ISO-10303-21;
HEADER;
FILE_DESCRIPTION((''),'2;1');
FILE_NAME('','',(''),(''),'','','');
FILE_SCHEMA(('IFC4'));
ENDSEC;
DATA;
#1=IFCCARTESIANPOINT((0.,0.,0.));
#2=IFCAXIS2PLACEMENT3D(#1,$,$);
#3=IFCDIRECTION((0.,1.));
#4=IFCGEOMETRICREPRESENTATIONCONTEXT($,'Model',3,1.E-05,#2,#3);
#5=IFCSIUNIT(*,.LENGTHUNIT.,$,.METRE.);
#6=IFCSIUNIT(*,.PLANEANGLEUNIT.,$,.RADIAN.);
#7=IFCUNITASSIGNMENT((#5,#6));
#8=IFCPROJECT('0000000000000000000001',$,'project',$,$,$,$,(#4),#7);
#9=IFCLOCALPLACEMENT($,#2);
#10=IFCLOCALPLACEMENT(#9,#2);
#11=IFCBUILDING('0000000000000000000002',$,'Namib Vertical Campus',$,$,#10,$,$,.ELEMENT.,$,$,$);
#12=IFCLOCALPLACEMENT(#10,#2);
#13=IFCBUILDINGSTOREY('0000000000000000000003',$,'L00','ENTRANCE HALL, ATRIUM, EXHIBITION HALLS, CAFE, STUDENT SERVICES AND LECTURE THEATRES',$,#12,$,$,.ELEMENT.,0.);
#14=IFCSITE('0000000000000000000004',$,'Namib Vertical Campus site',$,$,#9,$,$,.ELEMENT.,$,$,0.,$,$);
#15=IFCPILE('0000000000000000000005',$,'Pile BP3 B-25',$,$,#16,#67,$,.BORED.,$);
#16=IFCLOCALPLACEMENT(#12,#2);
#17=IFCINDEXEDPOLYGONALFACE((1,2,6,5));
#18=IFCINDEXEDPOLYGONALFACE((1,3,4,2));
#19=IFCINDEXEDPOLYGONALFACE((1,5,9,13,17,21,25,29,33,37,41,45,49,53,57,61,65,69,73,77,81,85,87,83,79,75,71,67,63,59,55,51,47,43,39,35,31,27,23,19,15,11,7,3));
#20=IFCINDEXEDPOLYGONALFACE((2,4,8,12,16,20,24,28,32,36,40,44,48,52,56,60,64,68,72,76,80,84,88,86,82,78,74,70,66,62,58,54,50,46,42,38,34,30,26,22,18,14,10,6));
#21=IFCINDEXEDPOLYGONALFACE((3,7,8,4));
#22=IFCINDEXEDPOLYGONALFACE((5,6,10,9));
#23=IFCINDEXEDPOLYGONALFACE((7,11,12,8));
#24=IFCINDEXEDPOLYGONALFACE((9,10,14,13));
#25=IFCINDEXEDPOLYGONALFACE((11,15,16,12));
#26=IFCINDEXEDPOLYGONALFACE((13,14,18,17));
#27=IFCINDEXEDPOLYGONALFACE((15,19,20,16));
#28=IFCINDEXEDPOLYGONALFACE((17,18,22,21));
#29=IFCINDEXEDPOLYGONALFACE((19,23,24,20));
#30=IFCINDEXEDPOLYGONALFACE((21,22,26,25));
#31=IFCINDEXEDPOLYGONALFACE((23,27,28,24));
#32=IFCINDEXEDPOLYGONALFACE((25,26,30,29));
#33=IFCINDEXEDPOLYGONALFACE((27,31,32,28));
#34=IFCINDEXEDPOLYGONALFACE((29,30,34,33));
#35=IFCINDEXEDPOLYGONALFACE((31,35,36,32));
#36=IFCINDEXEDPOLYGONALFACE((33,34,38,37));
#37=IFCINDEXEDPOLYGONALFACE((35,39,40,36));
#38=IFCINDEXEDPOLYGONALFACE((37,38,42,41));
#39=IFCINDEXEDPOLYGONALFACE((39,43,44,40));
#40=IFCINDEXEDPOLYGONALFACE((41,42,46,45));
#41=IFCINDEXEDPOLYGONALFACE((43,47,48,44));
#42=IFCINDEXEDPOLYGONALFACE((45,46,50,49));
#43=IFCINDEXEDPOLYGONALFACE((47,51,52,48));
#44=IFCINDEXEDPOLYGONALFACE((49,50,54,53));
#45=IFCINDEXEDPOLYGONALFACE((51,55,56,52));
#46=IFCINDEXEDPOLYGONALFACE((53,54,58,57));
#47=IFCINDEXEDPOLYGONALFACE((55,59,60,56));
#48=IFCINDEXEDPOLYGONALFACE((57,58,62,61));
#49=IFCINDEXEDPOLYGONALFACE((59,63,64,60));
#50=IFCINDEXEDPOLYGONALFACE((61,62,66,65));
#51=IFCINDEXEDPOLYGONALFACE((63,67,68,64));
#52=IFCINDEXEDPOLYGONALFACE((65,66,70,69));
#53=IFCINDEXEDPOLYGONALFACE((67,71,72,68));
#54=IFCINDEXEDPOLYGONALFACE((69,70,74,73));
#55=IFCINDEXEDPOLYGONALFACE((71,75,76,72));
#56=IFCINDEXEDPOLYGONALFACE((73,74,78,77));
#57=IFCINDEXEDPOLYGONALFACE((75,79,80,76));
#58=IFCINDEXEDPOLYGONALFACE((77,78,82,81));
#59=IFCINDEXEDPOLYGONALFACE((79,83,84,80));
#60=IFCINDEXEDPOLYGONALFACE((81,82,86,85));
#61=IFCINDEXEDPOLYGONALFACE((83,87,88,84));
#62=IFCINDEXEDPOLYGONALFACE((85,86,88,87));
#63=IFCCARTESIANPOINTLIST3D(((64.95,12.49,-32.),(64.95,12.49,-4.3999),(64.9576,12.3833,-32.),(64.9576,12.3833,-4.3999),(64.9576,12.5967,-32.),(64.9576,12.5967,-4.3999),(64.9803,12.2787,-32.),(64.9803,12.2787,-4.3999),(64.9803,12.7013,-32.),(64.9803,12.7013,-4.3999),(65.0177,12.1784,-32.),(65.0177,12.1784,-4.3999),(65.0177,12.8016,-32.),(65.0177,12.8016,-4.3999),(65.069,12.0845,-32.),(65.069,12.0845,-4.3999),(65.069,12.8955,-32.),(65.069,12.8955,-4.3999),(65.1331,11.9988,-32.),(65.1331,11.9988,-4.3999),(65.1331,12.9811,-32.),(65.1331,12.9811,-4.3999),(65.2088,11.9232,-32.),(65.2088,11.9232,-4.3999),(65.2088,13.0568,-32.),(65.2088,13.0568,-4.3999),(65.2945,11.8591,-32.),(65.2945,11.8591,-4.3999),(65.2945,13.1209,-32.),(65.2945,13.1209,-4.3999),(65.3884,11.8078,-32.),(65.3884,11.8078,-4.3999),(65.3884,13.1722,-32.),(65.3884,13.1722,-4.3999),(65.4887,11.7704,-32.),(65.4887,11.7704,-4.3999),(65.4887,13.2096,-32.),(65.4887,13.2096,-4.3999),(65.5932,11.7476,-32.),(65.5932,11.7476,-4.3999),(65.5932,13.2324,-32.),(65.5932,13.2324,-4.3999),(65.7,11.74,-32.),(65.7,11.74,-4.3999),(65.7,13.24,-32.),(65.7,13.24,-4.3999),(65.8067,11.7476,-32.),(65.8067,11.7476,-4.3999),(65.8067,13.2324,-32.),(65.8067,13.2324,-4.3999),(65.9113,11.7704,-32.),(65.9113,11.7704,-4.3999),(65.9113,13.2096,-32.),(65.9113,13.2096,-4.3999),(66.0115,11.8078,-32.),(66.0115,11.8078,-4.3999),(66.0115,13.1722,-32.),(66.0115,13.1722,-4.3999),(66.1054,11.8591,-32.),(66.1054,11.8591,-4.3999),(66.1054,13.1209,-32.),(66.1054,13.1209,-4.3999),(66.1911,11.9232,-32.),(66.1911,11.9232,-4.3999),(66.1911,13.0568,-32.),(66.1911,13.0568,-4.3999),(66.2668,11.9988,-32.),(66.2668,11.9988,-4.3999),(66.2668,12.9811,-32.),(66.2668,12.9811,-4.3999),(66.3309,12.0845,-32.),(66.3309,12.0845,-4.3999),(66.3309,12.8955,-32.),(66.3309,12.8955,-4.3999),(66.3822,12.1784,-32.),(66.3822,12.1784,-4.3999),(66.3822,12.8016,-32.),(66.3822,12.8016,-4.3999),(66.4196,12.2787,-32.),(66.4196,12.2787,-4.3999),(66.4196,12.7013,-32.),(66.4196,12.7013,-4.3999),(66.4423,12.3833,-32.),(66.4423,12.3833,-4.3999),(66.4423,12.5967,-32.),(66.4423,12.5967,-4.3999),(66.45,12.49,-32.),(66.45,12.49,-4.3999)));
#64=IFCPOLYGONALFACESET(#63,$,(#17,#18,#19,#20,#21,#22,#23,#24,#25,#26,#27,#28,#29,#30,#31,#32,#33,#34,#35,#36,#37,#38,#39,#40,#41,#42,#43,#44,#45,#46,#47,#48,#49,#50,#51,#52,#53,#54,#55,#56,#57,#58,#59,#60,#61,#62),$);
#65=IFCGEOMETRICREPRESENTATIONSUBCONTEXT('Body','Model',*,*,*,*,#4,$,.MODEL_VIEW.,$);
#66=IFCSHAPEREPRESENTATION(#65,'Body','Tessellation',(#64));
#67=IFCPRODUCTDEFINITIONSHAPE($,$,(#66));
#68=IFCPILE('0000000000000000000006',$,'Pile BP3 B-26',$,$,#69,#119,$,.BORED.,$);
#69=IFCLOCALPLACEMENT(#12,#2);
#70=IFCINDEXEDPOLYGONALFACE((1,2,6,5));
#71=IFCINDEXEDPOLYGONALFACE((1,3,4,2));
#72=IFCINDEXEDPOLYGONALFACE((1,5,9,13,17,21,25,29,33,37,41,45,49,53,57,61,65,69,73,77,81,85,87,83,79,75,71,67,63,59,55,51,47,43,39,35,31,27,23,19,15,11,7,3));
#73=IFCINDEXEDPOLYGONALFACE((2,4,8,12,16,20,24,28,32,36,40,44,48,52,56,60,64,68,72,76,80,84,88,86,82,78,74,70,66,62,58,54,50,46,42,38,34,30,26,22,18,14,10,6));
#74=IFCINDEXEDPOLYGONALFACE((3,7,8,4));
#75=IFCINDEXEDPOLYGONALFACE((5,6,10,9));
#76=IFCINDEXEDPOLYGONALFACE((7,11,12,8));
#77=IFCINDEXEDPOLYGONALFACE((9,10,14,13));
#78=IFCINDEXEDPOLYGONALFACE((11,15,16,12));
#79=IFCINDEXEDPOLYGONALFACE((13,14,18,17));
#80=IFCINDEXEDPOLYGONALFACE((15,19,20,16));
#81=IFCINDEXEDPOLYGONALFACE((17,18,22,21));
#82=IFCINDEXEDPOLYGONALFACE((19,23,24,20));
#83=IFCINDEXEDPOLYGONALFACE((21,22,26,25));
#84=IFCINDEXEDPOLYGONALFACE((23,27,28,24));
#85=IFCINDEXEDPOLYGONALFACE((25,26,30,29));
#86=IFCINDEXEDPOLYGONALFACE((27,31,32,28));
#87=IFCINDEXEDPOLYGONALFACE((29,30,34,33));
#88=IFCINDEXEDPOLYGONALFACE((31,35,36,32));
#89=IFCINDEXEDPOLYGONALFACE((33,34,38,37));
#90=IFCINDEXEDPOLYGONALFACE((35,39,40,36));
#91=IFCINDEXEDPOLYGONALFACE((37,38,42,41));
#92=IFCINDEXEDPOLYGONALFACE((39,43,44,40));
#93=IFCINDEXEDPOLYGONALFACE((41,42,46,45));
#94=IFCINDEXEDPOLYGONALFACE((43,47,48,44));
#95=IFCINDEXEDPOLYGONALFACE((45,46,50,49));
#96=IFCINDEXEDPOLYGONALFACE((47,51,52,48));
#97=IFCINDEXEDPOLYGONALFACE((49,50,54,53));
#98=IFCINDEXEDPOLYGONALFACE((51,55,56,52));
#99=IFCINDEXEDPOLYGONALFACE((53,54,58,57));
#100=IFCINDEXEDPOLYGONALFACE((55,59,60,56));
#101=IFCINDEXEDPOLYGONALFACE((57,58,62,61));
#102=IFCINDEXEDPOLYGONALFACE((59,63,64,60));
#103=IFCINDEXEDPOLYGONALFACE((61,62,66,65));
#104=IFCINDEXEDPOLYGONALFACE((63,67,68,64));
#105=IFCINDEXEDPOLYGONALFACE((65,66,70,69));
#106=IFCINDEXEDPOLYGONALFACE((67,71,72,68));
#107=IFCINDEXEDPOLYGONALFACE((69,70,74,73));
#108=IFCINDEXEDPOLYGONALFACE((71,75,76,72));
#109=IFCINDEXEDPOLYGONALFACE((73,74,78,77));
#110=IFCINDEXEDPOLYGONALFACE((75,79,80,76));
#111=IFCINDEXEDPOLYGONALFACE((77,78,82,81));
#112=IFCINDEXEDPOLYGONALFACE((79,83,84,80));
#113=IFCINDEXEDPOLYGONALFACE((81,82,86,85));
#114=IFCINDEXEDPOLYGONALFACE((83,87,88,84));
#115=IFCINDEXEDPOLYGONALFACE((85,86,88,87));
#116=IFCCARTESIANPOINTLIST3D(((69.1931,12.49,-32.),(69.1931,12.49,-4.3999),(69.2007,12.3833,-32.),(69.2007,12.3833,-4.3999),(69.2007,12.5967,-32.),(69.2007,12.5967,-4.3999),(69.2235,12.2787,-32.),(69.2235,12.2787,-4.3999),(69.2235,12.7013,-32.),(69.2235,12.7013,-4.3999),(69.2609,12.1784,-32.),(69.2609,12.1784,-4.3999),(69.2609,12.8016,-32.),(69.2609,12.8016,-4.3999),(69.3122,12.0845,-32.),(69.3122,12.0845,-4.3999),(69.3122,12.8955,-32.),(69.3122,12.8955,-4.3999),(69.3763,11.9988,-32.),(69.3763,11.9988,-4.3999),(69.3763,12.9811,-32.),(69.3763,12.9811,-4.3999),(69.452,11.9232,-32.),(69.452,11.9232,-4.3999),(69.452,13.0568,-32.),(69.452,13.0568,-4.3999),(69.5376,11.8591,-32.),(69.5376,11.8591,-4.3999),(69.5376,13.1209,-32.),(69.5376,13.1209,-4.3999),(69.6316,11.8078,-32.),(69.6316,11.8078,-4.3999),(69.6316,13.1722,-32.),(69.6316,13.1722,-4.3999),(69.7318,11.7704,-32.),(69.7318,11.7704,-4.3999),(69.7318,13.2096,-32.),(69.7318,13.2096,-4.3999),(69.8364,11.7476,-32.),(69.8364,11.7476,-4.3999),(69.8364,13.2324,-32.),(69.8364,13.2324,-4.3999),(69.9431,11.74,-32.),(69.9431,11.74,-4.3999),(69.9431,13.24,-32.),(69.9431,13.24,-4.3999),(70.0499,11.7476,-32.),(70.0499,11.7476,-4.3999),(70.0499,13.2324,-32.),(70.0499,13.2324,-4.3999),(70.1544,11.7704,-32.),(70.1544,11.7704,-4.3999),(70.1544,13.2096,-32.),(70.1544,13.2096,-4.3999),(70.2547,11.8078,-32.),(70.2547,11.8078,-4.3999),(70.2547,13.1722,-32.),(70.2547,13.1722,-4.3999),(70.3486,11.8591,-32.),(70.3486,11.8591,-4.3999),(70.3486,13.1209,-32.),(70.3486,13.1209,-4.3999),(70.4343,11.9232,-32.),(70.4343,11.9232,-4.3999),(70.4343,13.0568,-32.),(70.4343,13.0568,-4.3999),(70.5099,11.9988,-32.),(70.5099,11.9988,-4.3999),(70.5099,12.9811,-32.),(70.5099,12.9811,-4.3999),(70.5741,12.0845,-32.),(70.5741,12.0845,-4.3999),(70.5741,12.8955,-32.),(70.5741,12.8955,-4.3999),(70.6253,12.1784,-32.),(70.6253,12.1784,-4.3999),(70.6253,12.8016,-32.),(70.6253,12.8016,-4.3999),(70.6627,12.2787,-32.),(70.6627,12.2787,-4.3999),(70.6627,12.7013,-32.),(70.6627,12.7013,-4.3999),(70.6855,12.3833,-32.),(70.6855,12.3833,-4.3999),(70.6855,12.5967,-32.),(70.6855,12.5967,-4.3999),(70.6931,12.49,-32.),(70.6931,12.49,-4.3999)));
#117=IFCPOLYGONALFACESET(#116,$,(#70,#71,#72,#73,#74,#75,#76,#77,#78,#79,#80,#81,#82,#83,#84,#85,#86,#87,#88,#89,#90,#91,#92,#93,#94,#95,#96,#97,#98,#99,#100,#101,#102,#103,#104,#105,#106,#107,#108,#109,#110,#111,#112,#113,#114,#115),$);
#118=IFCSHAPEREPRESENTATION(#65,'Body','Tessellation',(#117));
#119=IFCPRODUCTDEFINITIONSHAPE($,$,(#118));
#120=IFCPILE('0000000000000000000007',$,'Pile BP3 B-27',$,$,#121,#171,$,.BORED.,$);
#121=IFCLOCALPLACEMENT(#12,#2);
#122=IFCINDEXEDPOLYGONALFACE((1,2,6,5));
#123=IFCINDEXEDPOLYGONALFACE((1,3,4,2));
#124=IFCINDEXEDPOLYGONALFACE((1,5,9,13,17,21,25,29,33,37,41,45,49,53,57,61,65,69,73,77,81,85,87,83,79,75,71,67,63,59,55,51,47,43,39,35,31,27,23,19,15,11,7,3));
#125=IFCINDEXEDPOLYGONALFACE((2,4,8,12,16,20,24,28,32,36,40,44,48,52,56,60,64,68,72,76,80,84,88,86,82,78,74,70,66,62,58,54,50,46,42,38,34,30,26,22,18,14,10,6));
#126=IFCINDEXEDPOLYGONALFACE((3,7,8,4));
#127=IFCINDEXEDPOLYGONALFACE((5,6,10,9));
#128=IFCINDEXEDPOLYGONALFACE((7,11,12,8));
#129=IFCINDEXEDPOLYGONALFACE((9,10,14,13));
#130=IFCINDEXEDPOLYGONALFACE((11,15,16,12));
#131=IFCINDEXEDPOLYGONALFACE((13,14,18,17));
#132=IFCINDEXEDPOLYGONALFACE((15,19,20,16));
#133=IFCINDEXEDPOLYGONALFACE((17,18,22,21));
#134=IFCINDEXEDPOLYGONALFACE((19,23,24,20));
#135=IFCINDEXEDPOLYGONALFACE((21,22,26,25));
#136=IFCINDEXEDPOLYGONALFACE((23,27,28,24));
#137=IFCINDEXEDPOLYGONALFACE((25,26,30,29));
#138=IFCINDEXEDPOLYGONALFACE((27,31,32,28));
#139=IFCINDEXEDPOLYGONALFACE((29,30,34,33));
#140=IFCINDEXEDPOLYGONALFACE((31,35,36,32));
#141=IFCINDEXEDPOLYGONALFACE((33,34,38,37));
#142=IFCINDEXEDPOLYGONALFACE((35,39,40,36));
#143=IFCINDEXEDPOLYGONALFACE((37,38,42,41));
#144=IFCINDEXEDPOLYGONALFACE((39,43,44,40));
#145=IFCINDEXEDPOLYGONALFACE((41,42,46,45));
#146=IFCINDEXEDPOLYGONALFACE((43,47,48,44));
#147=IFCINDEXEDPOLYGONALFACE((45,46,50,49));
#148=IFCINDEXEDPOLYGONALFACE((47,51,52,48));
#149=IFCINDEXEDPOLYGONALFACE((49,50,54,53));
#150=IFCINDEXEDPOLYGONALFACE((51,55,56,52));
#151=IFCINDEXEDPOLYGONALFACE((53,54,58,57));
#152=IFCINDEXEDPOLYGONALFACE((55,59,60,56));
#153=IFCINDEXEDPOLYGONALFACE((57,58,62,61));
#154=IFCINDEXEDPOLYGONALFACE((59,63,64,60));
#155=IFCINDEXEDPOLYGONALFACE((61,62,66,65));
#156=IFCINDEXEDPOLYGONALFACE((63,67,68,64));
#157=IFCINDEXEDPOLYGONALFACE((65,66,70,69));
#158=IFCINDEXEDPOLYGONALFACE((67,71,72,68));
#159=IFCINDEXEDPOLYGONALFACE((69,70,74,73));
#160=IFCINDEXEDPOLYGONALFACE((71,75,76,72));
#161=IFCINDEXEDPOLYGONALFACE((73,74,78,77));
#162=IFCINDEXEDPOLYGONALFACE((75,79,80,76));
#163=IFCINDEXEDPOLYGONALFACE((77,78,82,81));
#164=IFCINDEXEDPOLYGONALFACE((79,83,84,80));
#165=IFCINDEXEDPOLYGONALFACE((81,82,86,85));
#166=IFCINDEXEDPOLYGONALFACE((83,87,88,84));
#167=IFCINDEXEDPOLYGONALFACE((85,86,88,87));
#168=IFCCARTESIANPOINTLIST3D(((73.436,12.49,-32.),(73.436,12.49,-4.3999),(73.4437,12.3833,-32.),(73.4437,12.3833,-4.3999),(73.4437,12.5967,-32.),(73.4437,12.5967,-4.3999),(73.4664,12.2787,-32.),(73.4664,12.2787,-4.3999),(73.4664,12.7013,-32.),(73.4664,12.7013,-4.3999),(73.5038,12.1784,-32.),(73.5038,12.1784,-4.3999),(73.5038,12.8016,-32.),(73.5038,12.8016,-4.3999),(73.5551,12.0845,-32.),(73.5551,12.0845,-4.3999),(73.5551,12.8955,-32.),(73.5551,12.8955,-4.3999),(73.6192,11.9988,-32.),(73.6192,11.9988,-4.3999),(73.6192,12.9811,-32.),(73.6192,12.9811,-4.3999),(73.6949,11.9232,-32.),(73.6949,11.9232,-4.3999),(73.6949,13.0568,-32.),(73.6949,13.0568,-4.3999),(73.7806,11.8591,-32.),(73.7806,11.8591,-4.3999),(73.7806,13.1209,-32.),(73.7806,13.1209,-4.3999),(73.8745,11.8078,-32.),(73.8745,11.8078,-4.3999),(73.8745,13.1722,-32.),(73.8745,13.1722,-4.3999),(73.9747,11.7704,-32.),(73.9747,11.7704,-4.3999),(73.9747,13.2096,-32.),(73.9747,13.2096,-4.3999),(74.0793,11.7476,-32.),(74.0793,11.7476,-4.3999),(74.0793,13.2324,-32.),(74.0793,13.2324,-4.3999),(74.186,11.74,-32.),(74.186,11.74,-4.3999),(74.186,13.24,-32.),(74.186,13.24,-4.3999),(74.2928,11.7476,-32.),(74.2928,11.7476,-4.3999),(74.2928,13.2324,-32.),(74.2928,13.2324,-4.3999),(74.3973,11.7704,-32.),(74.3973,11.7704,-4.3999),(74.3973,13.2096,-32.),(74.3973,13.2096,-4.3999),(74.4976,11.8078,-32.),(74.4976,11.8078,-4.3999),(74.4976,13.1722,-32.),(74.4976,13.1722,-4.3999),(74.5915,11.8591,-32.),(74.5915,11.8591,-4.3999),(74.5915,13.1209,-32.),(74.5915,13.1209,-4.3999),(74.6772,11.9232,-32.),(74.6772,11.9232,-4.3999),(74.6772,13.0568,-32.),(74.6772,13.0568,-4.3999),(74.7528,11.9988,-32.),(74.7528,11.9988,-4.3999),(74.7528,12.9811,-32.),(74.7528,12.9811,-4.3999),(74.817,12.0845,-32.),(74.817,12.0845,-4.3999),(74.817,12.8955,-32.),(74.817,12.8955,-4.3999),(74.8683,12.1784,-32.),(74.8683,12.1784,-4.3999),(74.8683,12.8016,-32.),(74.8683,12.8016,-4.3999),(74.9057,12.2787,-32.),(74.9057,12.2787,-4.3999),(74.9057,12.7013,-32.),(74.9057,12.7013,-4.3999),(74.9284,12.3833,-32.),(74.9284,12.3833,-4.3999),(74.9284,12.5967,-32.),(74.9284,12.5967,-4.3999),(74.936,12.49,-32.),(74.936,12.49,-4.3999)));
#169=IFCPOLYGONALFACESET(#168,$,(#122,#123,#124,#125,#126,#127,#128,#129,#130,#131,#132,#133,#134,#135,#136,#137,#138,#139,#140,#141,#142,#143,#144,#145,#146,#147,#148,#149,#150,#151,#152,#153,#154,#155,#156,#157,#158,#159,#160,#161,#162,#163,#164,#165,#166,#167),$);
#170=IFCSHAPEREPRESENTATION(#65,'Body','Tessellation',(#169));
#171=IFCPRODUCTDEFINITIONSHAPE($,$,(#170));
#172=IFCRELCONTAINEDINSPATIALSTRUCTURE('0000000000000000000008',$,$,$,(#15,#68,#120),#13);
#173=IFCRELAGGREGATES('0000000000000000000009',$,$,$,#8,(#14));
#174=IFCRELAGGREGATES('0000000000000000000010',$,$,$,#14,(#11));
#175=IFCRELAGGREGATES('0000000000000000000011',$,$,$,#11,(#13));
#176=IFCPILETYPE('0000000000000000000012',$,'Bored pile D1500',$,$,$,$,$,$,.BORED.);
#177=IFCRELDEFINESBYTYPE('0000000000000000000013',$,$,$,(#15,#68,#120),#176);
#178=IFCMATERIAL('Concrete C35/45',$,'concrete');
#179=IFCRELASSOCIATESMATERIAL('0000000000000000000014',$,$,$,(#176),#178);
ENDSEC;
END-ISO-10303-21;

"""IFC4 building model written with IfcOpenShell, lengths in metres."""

from ifc_helpers import new_model, si_unit, direction, frame, origin, origin_2d, place, context, subcontext, project, spatial, circle, extrude, material, material_profile, profile_set, type_object, element, save


model = new_model("IFC4")

# Units and contexts
model_context = context("Model", 3, precision=1e-05, world=origin(), true_north=direction((0.0, 1.0)))
body_context = subcontext(model_context, "Body", "Model", "MODEL_VIEW")
ifc_project = project(units=[si_unit("LENGTHUNIT", "METRE"), si_unit("PLANEANGLEUNIT", "RADIAN")], contexts=[model_context])

# Site, building, storey
site_placement = place(None, origin())
site = spatial("IfcSite", under=ifc_project, at=site_placement, Name="Namib Vertical Campus site", CompositionType="ELEMENT", RefElevation=0.0)
building_placement = place(site_placement, origin())
building = spatial("IfcBuilding", under=site, at=building_placement, Name="Namib Vertical Campus", CompositionType="ELEMENT")
storey_placement = place(building_placement, origin())
storey = spatial("IfcBuildingStorey", under=building, at=storey_placement, Name="L00", Description="ENTRANCE HALL, ATRIUM, EXHIBITION HALLS, CAFE, STUDENT SERVICES AND LECTURE THEATRES", CompositionType="ELEMENT", Elevation=0.0)

# Piles
ifc_material_1 = material(Name="Concrete C35/45", Category="concrete")
ifc_material_profile_1 = material_profile(ifc_material_1, circle(Radius=0.75, at=origin_2d()))
ifc_profile_set_1 = profile_set([ifc_material_profile_1], Name="Concrete C35/45")
pile_type = type_object("IfcPileType", Name="Bored pile D1500", PredefinedType="BORED", material=ifc_profile_set_1)
for number, where, z_axis, x_axis, name in (
    (1, (65.7, 12.49, -4.3999), (0.0, 0.0, -1.0), (1.0, 0.0, 0.0), "Pile BP3 B-25"),
    (2, (69.9431, 12.49, -4.3999), (0.0, 0.0, -1.0), (1.0, 0.0, 0.0), "Pile BP3 B-26"),
    (3, (74.186, 12.49, -4.3999), (0.0, 0.0, -1.0), (1.0, 0.0, 0.0), "Pile BP3 B-27"),
):
    element("IfcPile", number, at=place(storey_placement, frame(where, z_axis=z_axis, x_axis=x_axis)), inside=storey, type_object=pile_type, Name=name, PredefinedType="BORED", context=body_context, shape_type="SweptSolid", body=[
        extrude(circle(Radius=0.75, at=origin_2d()), origin(), (0.0, 0.0, 1.0), 27.6001),
    ])

save(model, "model.ifc")
